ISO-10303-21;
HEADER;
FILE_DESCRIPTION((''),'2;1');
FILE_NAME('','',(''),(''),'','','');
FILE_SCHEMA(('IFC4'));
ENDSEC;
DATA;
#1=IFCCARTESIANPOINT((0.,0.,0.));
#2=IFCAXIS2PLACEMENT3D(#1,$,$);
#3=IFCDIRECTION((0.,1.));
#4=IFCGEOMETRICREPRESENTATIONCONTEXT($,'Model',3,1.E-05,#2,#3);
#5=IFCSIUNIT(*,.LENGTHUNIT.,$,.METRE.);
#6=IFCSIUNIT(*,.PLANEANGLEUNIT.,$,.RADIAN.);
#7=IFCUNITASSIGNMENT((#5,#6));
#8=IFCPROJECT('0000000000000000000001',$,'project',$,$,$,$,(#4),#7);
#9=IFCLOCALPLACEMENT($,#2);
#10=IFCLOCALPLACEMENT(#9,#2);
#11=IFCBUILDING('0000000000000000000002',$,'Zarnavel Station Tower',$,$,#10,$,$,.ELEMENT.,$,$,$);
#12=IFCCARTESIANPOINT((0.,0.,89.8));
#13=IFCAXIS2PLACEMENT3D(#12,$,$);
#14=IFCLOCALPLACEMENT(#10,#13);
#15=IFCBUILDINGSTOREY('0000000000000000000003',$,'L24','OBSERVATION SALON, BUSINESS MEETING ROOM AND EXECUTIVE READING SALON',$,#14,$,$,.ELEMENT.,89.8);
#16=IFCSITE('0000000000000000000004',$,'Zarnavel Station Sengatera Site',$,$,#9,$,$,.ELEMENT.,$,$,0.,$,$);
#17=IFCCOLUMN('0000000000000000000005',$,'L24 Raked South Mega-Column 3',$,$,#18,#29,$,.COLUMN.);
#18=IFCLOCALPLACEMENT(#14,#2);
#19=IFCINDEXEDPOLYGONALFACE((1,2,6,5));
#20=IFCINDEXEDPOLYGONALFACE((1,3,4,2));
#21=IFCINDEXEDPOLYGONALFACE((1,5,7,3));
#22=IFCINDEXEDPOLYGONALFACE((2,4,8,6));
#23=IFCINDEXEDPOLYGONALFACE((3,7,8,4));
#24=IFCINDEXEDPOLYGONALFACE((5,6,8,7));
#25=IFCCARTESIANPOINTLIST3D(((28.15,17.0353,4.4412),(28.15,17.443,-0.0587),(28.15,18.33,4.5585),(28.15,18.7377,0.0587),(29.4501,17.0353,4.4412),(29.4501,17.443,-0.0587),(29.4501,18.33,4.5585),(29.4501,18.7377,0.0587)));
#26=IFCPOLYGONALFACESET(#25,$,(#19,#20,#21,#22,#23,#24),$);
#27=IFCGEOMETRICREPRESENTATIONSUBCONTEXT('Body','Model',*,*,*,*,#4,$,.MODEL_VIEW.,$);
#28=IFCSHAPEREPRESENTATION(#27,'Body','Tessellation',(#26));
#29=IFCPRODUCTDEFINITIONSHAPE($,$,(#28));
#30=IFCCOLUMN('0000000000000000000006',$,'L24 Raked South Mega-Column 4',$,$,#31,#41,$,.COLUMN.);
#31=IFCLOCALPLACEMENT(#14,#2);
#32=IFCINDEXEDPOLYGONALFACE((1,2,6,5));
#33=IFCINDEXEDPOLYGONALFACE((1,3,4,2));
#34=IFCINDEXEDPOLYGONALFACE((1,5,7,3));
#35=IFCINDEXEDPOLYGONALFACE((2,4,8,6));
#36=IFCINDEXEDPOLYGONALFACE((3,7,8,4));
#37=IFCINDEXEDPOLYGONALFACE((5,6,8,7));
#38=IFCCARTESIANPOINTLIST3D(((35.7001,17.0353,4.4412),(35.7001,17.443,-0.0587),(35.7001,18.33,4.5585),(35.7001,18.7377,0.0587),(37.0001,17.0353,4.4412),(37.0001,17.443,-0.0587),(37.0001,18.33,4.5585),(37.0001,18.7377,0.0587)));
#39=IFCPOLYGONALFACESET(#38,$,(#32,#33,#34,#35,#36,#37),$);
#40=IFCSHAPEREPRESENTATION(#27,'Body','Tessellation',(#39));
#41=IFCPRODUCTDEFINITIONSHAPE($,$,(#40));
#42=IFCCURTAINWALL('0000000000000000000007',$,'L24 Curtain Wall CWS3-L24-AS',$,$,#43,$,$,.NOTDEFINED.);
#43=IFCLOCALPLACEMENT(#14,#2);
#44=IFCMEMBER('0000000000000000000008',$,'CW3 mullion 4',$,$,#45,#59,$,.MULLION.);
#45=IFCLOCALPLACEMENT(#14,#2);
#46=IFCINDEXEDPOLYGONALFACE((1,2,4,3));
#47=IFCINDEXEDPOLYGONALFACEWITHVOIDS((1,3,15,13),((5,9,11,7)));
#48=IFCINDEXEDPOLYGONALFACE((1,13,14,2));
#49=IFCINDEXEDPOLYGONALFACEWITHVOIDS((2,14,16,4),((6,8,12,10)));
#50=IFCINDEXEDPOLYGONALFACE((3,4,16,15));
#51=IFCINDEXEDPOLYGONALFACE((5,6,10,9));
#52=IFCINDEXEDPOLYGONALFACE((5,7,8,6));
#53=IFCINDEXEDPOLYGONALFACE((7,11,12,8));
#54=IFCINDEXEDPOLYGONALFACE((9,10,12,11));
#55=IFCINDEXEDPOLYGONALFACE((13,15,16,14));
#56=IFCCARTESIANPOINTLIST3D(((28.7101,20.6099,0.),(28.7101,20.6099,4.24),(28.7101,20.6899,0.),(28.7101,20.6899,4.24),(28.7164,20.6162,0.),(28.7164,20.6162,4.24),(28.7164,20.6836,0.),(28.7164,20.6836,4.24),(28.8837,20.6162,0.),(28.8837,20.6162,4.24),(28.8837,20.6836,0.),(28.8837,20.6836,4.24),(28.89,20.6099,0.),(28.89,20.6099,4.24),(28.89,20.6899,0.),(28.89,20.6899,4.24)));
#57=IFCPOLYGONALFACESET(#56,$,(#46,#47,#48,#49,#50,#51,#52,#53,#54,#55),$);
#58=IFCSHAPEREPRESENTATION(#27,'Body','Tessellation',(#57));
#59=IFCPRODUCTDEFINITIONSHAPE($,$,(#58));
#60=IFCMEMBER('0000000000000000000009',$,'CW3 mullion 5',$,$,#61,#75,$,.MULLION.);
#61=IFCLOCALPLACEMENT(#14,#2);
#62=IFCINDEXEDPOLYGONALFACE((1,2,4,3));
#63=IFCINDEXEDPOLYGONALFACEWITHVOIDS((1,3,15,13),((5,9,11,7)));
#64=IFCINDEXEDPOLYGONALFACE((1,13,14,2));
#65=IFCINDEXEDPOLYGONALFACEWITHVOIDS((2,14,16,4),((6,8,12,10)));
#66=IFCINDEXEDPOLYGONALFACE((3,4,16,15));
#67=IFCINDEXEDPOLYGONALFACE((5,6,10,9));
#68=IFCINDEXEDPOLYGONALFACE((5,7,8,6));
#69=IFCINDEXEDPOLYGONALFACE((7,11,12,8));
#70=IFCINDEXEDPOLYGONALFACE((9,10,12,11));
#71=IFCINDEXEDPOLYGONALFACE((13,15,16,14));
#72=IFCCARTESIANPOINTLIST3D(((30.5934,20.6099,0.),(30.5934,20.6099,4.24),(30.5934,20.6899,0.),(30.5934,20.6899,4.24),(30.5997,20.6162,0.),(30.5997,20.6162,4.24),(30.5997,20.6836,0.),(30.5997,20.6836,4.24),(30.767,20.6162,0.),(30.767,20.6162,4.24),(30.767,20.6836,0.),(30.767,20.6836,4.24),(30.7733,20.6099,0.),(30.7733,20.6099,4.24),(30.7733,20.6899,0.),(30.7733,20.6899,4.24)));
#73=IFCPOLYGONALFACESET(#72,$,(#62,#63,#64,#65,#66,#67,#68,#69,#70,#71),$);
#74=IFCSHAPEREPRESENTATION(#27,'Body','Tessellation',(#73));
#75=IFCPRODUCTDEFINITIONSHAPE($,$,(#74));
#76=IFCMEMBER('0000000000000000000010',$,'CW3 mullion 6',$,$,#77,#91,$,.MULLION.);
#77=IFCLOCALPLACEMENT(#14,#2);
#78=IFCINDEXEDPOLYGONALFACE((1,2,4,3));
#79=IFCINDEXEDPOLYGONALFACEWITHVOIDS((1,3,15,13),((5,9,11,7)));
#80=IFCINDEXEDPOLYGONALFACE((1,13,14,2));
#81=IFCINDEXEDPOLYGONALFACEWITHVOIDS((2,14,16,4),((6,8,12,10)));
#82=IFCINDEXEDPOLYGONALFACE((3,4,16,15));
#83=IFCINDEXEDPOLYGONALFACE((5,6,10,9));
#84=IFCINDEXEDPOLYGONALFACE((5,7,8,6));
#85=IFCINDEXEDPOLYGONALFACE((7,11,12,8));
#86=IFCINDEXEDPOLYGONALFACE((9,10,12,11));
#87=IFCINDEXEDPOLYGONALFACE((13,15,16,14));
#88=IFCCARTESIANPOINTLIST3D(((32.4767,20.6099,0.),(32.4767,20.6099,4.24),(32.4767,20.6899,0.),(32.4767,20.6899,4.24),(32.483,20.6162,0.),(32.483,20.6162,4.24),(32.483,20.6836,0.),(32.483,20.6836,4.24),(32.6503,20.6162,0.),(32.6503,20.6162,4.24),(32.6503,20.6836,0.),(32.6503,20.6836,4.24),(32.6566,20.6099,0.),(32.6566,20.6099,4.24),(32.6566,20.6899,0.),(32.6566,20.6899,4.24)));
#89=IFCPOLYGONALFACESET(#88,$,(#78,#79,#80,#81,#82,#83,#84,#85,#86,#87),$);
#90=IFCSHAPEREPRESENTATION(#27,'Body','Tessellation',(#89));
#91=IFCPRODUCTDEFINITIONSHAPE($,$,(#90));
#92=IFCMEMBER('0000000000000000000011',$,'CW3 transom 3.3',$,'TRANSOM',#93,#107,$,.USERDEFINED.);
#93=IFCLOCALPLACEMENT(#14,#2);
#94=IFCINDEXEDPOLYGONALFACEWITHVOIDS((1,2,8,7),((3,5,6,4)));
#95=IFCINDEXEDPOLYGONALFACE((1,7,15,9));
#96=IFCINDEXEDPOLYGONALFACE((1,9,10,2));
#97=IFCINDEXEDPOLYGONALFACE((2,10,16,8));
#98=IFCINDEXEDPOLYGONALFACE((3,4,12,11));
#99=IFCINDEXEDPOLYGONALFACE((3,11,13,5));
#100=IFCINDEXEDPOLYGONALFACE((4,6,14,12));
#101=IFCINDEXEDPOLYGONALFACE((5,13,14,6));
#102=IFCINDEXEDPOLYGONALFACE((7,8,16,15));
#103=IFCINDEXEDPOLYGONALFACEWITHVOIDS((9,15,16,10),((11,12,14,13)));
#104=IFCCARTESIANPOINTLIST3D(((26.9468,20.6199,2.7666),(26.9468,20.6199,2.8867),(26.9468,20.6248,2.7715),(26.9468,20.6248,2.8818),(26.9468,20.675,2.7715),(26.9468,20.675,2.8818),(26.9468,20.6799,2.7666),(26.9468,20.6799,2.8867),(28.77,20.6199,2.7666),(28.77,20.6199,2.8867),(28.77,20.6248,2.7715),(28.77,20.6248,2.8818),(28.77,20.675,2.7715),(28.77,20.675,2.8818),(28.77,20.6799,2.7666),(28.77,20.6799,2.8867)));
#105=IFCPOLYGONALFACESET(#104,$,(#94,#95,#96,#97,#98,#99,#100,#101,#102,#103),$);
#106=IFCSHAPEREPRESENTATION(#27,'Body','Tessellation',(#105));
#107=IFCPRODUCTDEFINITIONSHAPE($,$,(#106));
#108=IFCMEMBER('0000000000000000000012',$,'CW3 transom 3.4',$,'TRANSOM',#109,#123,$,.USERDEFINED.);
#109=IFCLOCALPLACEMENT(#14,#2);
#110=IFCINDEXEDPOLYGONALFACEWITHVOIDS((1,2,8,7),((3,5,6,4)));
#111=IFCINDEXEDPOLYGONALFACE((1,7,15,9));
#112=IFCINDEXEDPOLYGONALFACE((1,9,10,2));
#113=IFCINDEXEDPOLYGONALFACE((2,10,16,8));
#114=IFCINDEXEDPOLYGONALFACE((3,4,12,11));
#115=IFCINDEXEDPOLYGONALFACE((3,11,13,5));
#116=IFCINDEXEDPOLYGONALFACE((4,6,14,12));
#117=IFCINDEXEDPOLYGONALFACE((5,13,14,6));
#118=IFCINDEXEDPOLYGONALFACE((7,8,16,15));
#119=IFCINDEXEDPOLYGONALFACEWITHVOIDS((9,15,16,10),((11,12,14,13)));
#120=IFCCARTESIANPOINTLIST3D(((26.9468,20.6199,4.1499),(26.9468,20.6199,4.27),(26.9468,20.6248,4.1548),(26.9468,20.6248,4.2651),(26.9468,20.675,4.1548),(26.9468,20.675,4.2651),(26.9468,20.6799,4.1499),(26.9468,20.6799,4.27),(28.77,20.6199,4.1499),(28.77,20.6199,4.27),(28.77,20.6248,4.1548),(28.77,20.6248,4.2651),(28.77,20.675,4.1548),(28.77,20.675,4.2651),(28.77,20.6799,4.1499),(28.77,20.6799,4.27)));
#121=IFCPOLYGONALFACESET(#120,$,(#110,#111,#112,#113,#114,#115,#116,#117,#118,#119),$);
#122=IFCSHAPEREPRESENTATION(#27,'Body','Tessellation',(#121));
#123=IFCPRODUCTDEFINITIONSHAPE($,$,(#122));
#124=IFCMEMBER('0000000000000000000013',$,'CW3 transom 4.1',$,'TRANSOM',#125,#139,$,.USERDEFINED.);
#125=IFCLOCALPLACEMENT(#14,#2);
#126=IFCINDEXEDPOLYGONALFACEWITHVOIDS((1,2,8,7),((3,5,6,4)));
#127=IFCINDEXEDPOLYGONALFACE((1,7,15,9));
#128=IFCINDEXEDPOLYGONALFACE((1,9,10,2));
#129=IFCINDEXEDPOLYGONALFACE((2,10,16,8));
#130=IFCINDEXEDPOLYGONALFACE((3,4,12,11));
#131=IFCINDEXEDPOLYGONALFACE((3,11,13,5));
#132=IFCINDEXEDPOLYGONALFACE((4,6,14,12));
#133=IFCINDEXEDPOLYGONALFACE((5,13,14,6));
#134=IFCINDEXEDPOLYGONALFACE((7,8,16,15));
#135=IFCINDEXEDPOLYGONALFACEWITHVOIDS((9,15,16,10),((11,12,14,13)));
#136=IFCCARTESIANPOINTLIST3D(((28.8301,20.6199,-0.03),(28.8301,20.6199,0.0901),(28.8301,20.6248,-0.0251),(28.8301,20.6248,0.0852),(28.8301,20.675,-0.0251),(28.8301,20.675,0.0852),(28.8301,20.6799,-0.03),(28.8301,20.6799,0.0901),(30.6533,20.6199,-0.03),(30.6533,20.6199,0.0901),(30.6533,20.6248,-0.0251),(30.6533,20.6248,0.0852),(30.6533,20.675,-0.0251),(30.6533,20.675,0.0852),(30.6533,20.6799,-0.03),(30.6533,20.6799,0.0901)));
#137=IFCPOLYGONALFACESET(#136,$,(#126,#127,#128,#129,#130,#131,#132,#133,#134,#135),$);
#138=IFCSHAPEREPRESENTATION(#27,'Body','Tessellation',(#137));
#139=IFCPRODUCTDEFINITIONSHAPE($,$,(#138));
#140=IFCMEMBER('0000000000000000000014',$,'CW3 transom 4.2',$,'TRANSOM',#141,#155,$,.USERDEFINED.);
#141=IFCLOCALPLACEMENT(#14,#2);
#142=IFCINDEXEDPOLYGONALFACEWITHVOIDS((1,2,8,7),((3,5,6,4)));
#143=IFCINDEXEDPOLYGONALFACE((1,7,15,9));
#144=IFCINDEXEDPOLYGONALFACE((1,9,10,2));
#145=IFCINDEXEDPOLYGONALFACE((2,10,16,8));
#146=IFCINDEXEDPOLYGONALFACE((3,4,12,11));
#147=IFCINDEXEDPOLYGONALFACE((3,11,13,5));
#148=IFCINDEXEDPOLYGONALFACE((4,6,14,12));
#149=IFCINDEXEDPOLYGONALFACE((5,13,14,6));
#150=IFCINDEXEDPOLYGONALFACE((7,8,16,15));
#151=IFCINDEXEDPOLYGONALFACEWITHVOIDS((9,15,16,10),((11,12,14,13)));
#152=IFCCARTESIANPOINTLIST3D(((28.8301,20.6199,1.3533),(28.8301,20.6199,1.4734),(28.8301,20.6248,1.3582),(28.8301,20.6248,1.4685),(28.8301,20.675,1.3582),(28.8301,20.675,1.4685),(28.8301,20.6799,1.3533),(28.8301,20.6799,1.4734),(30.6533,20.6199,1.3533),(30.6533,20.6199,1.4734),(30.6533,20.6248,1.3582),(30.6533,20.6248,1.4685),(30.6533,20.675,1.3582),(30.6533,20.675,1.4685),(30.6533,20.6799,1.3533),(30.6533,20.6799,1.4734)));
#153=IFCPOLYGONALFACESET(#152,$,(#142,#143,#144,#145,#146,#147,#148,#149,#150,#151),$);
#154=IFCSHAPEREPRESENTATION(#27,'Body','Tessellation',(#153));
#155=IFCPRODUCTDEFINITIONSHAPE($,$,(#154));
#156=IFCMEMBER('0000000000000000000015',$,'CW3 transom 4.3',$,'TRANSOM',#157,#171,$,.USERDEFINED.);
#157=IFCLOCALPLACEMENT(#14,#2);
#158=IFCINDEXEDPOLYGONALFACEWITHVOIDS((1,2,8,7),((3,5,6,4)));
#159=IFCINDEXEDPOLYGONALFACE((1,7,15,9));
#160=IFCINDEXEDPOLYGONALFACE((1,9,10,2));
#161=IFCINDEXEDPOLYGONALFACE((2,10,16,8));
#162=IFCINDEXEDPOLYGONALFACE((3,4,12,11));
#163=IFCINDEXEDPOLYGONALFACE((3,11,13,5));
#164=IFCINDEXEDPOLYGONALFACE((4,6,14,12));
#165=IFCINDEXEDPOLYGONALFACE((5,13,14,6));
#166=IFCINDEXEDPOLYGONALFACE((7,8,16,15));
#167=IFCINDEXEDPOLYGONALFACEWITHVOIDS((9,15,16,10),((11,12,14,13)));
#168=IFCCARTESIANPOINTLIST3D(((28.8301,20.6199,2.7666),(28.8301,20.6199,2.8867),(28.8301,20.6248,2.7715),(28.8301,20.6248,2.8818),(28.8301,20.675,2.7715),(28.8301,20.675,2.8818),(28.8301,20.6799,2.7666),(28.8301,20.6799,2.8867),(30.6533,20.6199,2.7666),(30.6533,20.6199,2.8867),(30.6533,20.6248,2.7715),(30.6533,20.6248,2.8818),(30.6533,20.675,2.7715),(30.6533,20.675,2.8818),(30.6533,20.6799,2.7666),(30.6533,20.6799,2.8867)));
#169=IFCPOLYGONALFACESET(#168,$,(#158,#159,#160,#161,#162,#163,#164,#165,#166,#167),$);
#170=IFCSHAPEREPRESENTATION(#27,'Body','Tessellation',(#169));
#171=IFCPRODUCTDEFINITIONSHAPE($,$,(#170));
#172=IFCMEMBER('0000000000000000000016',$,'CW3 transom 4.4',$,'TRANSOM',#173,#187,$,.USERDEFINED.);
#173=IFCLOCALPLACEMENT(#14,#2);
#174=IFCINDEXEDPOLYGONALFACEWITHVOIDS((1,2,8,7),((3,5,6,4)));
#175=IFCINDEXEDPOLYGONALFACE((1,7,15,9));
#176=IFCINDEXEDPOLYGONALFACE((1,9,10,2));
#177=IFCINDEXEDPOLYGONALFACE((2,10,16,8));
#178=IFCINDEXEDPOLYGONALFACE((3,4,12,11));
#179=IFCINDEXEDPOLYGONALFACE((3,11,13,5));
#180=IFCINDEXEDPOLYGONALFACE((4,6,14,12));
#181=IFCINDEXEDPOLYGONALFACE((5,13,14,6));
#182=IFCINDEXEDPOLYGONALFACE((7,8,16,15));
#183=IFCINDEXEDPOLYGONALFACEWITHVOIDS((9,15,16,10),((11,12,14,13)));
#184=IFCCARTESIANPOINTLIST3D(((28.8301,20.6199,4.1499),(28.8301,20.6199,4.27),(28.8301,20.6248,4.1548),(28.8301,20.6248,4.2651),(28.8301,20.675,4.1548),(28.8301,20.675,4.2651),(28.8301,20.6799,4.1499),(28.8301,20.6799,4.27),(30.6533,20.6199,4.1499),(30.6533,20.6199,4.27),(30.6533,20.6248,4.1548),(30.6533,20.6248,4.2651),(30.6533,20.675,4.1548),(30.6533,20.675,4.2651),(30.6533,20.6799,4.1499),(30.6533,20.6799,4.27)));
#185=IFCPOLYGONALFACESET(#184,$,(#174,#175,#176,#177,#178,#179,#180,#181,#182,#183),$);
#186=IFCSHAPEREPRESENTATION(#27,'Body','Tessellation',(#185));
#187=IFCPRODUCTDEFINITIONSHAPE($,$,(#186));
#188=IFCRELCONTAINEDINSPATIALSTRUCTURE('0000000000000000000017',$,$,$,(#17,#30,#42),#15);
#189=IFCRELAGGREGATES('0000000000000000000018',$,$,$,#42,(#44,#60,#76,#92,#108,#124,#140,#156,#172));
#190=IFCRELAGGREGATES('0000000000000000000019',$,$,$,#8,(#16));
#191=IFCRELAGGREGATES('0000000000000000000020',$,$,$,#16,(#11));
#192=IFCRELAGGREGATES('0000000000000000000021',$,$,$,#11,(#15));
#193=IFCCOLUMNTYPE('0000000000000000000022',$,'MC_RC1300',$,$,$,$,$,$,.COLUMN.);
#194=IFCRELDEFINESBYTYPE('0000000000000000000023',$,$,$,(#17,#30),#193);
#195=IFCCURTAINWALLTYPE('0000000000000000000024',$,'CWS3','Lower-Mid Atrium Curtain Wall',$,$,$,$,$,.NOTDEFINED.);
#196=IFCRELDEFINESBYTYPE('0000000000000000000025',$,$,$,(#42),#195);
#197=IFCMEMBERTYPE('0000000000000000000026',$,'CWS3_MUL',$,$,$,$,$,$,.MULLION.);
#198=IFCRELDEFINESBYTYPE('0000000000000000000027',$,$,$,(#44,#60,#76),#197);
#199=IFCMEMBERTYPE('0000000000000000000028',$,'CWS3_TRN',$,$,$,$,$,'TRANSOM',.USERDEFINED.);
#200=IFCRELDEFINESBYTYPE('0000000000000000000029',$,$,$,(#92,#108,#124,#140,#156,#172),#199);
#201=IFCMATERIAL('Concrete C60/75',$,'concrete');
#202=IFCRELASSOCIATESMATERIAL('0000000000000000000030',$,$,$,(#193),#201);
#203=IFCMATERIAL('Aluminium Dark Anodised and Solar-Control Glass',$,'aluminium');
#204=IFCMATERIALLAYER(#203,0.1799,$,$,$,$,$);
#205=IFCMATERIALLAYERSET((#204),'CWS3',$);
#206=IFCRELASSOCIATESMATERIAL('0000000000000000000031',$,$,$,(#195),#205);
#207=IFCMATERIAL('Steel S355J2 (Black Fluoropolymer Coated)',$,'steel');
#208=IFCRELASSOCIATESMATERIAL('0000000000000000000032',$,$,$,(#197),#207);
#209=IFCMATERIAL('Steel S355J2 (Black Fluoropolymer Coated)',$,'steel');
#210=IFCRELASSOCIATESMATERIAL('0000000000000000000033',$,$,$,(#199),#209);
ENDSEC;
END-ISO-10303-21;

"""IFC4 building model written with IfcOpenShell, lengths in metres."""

from ifc_helpers import new_model, si_unit, direction, frame, origin, origin_2d, place, context, subcontext, project, spatial, rectangle, hollow_rectangle, extrude, material, layer, layer_set, material_profile, profile_set, type_object, element, aggregate, save


model = new_model("IFC4")

# Units and contexts
model_context = context("Model", 3, precision=1e-05, world=origin(), true_north=direction((0.0, 1.0)))
body_context = subcontext(model_context, "Body", "Model", "MODEL_VIEW")
ifc_project = project(units=[si_unit("LENGTHUNIT", "METRE"), si_unit("PLANEANGLEUNIT", "RADIAN")], contexts=[model_context])

# Site, building, storey
site_placement = place(None, origin())
site = spatial("IfcSite", under=ifc_project, at=site_placement, Name="Zarnavel Station Sengatera Site", CompositionType="ELEMENT", RefElevation=0.0)
building_placement = place(site_placement, origin())
building = spatial("IfcBuilding", under=site, at=building_placement, Name="Zarnavel Station Tower", CompositionType="ELEMENT")
storey_placement = place(building_placement, frame((0.0, 0.0, 89.8)))
storey = spatial("IfcBuildingStorey", under=building, at=storey_placement, Name="L24", Description="OBSERVATION SALON, BUSINESS MEETING ROOM AND EXECUTIVE READING SALON", CompositionType="ELEMENT", Elevation=89.8)

# Columns
ifc_material_1 = material(Name="Concrete C60/75", Category="concrete")
ifc_material_profile_1 = material_profile(ifc_material_1, rectangle(XDim=1.3, YDim=1.3, at=origin_2d()), Name="RC1300x1300")
ifc_profile_set_1 = profile_set([ifc_material_profile_1], Name="Concrete C60/75")
column_type = type_object("IfcColumnType", Name="MC_RC1300", PredefinedType="COLUMN", material=ifc_profile_set_1)
for number, where, z_axis, x_axis, name in (
    (1, (28.8, 18.0903, 0.0), (0.0, -0.090234, 0.995921), (1.0, 0.0, 0.0), "L24 Raked South Mega-Column 3"),
    (2, (36.3501, 18.0903, 0.0), (0.0, -0.090234, 0.995921), (1.0, 0.0, 0.0), "L24 Raked South Mega-Column 4"),
):
    element("IfcColumn", number, at=place(storey_placement, frame(where, z_axis=z_axis, x_axis=x_axis)), inside=storey, type_object=column_type, Name=name, PredefinedType="COLUMN", context=body_context, shape_type="SweptSolid", body=[
        extrude(rectangle(XDim=1.3, YDim=1.3, at=origin_2d()), origin(), (0.0, 0.0, 1.0), 4.5183),
    ])

# Curtain wall, members
ifc_material_2 = material(Name="Aluminium Dark Anodised and Solar-Control Glass", Category="aluminium")
ifc_layer_1 = layer(ifc_material_2, 0.1799)
ifc_layer_set_1 = layer_set([ifc_layer_1], Name="CWS3")
curtain_wall_type_1 = type_object("IfcCurtainWallType", Name="CWS3", Description="Lower-Mid Atrium Curtain Wall", PredefinedType="NOTDEFINED", material=ifc_layer_set_1)
curtain_wall_1_placement = place(storey_placement, origin())
curtain_wall_1 = element("IfcCurtainWall", 3, at=curtain_wall_1_placement, inside=storey, type_object=curtain_wall_type_1, Name="L24 Curtain Wall CWS3-L24-AS", PredefinedType="NOTDEFINED")
ifc_material_3 = material(Name="Steel S355J2 (Black Fluoropolymer Coated)", Category="steel")
ifc_material_profile_2 = material_profile(ifc_material_3, hollow_rectangle(XDim=0.0801, YDim=0.1799, WallThickness=0.0063, at=origin_2d()), Name="RHS180x80x6.3")
ifc_profile_set_2 = profile_set([ifc_material_profile_2], Name="Steel S355J2 (Black Fluoropolymer Coated)")
member_type_1 = type_object("IfcMemberType", Name="CWS3_MUL", PredefinedType="MULLION", material=ifc_profile_set_2)
member_1_placement = place(storey_placement, frame((28.8, 20.6499, 0.0), z_axis=(0.0, 0.0, 1.0), x_axis=(0.0, 1.0, 0.0)))
member_1 = element("IfcMember", 4, at=member_1_placement, type_object=member_type_1, Name="CW3 mullion 4", PredefinedType="MULLION", context=body_context, shape_type="SweptSolid", body=[
    extrude(hollow_rectangle(XDim=0.0801, YDim=0.1799, WallThickness=0.0063, at=origin_2d()), origin(), (0.0, 0.0, 1.0), 4.24),
])
member_2_placement = place(storey_placement, frame((30.6833, 20.6499, 0.0), z_axis=(0.0, 0.0, 1.0), x_axis=(0.0, 1.0, 0.0)))
member_2 = element("IfcMember", 5, at=member_2_placement, type_object=member_type_1, Name="CW3 mullion 5", PredefinedType="MULLION", context=body_context, shape_type="SweptSolid", body=[
    extrude(hollow_rectangle(XDim=0.0801, YDim=0.1799, WallThickness=0.0063, at=origin_2d()), origin(), (0.0, 0.0, 1.0), 4.24),
])
member_3_placement = place(storey_placement, frame((32.5667, 20.6499, 0.0), z_axis=(0.0, 0.0, 1.0), x_axis=(0.0, 1.0, 0.0)))
member_3 = element("IfcMember", 6, at=member_3_placement, type_object=member_type_1, Name="CW3 mullion 6", PredefinedType="MULLION", context=body_context, shape_type="SweptSolid", body=[
    extrude(hollow_rectangle(XDim=0.0801, YDim=0.1799, WallThickness=0.0063, at=origin_2d()), origin(), (0.0, 0.0, 1.0), 4.24),
])
ifc_material_4 = material(Name="Steel S355J2 (Black Fluoropolymer Coated)", Category="steel")
ifc_material_profile_3 = material_profile(ifc_material_4, hollow_rectangle(XDim=0.0601, YDim=0.1201, WallThickness=0.0049, at=origin_2d()), Name="RHS120x60x5")
ifc_profile_set_3 = profile_set([ifc_material_profile_3], Name="Steel S355J2 (Black Fluoropolymer Coated)")
member_type_2 = type_object("IfcMemberType", Name="CWS3_TRN", ElementType="TRANSOM", PredefinedType="USERDEFINED", material=ifc_profile_set_3)
member_4_placement = place(storey_placement, frame((26.9468, 20.6499, 2.8267), z_axis=(1.0, 0.0, 0.0), x_axis=(0.0, 1.0, 0.0)))
member_4 = element("IfcMember", 7, at=member_4_placement, type_object=member_type_2, Name="CW3 transom 3.3", ObjectType="TRANSOM", PredefinedType="USERDEFINED", context=body_context, shape_type="SweptSolid", body=[
    extrude(hollow_rectangle(XDim=0.0601, YDim=0.1201, WallThickness=0.0049, at=origin_2d()), origin(), (0.0, 0.0, 1.0), 1.8232),
])
member_5_placement = place(storey_placement, frame((26.9468, 20.6499, 4.21), z_axis=(1.0, 0.0, 0.0), x_axis=(0.0, 1.0, 0.0)))
member_5 = element("IfcMember", 8, at=member_5_placement, type_object=member_type_2, Name="CW3 transom 3.4", ObjectType="TRANSOM", PredefinedType="USERDEFINED", context=body_context, shape_type="SweptSolid", body=[
    extrude(hollow_rectangle(XDim=0.0601, YDim=0.1201, WallThickness=0.0049, at=origin_2d()), origin(), (0.0, 0.0, 1.0), 1.8232),
])
member_6_placement = place(storey_placement, frame((28.8301, 20.6499, 0.03), z_axis=(1.0, 0.0, 0.0), x_axis=(0.0, 1.0, 0.0)))
member_6 = element("IfcMember", 9, at=member_6_placement, type_object=member_type_2, Name="CW3 transom 4.1", ObjectType="TRANSOM", PredefinedType="USERDEFINED", context=body_context, shape_type="SweptSolid", body=[
    extrude(hollow_rectangle(XDim=0.0601, YDim=0.1201, WallThickness=0.0049, at=origin_2d()), origin(), (0.0, 0.0, 1.0), 1.8232),
])
member_7_placement = place(storey_placement, frame((28.8301, 20.6499, 1.4133), z_axis=(1.0, 0.0, 0.0), x_axis=(0.0, 1.0, 0.0)))
member_7 = element("IfcMember", 10, at=member_7_placement, type_object=member_type_2, Name="CW3 transom 4.2", ObjectType="TRANSOM", PredefinedType="USERDEFINED", context=body_context, shape_type="SweptSolid", body=[
    extrude(hollow_rectangle(XDim=0.0601, YDim=0.1201, WallThickness=0.0049, at=origin_2d()), origin(), (0.0, 0.0, 1.0), 1.8232),
])
member_8_placement = place(storey_placement, frame((28.8301, 20.6499, 2.8267), z_axis=(1.0, 0.0, 0.0), x_axis=(0.0, 1.0, 0.0)))
member_8 = element("IfcMember", 11, at=member_8_placement, type_object=member_type_2, Name="CW3 transom 4.3", ObjectType="TRANSOM", PredefinedType="USERDEFINED", context=body_context, shape_type="SweptSolid", body=[
    extrude(hollow_rectangle(XDim=0.0601, YDim=0.1201, WallThickness=0.0049, at=origin_2d()), origin(), (0.0, 0.0, 1.0), 1.8232),
])
member_9_placement = place(storey_placement, frame((28.8301, 20.6499, 4.21), z_axis=(1.0, 0.0, 0.0), x_axis=(0.0, 1.0, 0.0)))
member_9 = element("IfcMember", 12, at=member_9_placement, type_object=member_type_2, Name="CW3 transom 4.4", ObjectType="TRANSOM", PredefinedType="USERDEFINED", context=body_context, shape_type="SweptSolid", body=[
    extrude(hollow_rectangle(XDim=0.0601, YDim=0.1201, WallThickness=0.0049, at=origin_2d()), origin(), (0.0, 0.0, 1.0), 1.8232),
])

aggregate(curtain_wall_1, [member_1, member_2, member_3, member_4, member_5, member_6, member_7, member_8, member_9])

save(model, "model.ifc")
